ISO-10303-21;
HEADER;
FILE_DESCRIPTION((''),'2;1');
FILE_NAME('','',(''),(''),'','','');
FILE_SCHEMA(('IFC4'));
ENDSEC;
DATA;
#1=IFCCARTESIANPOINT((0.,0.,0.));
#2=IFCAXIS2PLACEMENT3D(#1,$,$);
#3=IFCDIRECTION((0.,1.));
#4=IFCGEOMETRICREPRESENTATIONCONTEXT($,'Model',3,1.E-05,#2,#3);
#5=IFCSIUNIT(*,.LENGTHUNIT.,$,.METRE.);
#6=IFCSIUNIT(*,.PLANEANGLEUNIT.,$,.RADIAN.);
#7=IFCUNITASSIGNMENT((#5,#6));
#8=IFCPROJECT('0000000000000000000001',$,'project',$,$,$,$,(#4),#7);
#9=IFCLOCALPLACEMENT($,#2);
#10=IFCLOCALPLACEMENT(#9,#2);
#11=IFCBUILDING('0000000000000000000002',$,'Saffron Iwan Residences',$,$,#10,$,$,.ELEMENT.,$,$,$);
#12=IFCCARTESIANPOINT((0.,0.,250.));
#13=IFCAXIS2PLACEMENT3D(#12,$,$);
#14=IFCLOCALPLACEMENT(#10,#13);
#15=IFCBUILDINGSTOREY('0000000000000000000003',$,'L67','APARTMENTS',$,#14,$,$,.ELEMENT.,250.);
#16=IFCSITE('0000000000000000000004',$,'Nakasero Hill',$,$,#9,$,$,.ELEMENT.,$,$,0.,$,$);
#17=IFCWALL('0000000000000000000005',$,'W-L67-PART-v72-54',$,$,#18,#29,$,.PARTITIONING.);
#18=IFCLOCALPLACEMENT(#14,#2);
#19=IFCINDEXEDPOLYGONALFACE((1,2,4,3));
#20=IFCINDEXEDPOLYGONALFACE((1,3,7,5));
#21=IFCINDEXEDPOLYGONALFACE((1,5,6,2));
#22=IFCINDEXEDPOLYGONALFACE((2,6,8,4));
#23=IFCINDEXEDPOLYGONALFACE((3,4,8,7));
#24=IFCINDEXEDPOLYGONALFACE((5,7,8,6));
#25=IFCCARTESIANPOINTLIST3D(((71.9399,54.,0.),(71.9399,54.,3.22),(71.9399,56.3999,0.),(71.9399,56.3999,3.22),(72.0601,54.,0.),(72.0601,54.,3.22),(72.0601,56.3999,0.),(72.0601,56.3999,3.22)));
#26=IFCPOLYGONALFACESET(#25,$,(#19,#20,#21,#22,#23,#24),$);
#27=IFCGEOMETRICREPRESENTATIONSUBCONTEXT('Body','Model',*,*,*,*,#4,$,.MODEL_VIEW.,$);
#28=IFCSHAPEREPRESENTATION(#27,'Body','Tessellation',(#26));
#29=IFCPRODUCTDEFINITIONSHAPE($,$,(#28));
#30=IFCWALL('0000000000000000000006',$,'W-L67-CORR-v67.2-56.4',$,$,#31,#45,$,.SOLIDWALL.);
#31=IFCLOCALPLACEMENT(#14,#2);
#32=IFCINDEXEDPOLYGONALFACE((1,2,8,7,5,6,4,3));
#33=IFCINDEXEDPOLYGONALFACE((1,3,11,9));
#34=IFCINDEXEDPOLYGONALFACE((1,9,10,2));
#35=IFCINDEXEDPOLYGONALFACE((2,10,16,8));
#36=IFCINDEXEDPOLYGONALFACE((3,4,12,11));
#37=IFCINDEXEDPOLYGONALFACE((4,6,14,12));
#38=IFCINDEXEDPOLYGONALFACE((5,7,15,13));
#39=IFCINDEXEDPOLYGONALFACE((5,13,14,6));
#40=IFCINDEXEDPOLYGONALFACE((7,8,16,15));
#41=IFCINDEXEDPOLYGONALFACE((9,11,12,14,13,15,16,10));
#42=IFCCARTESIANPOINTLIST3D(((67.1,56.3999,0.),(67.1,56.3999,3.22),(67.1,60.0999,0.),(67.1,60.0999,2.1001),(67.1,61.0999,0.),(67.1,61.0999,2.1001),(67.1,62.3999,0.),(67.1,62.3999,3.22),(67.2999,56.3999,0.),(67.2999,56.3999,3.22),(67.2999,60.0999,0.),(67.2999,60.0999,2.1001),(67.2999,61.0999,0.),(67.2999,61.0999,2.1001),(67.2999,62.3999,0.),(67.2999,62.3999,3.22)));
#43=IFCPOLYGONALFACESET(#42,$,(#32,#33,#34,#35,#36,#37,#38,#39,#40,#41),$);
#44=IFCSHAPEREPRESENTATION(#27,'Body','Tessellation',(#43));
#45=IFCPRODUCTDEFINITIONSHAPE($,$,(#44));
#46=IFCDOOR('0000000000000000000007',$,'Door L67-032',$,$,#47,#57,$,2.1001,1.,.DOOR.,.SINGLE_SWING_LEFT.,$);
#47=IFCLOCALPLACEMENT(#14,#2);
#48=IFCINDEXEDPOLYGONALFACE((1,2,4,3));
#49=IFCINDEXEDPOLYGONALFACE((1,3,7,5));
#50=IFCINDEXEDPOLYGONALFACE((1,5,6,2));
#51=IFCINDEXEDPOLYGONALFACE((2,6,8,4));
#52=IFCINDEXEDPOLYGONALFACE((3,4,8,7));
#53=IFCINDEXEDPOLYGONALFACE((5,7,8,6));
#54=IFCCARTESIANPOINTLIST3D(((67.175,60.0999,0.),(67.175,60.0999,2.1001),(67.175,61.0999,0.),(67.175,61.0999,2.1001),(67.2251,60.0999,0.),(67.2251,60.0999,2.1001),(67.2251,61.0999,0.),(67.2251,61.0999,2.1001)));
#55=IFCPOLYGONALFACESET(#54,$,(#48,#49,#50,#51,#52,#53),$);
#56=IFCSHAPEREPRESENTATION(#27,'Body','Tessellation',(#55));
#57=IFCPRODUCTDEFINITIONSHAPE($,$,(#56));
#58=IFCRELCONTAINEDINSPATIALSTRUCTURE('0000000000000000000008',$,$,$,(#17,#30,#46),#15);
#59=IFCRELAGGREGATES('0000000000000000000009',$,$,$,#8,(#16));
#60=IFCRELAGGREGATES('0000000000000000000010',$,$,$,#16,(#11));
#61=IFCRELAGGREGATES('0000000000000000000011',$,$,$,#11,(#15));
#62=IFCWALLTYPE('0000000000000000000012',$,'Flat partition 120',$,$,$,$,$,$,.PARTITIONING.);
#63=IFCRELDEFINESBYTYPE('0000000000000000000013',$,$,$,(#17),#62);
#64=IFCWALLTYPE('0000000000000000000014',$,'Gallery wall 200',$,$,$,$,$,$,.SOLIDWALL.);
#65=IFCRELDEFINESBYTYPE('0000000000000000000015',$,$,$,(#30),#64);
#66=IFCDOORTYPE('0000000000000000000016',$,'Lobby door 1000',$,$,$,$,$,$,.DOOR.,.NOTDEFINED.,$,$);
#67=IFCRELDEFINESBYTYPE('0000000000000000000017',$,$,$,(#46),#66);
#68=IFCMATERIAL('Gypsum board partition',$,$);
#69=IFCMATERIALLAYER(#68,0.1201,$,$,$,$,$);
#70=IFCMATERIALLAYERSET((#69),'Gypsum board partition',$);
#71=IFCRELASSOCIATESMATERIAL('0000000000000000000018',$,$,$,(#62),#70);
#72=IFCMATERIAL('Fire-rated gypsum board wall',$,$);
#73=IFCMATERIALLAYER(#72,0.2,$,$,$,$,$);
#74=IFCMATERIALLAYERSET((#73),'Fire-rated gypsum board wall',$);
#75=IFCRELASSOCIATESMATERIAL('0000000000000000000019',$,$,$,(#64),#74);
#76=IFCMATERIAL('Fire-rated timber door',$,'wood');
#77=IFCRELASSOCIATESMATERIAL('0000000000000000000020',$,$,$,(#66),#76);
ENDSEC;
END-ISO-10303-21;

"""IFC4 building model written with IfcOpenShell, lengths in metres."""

from ifc_helpers import new_model, si_unit, direction, frame, frame_2d, origin, place, context, subcontext, project, spatial, rectangle, extrude, material, layer, layer_set, type_object, element, fill, save


model = new_model("IFC4")

# Units and contexts
model_context = context("Model", 3, precision=1e-05, world=origin(), true_north=direction((0.0, 1.0)))
body_context = subcontext(model_context, "Body", "Model", "MODEL_VIEW")
ifc_project = project(units=[si_unit("LENGTHUNIT", "METRE"), si_unit("PLANEANGLEUNIT", "RADIAN")], contexts=[model_context])

# Site, building, storey
site_placement = place(None, origin())
site = spatial("IfcSite", under=ifc_project, at=site_placement, Name="Nakasero Hill", CompositionType="ELEMENT", RefElevation=0.0)
building_placement = place(site_placement, origin())
building = spatial("IfcBuilding", under=site, at=building_placement, Name="Saffron Iwan Residences", CompositionType="ELEMENT")
storey_placement = place(building_placement, frame((0.0, 0.0, 250.0)))
storey = spatial("IfcBuildingStorey", under=building, at=storey_placement, Name="L67", Description="APARTMENTS", CompositionType="ELEMENT", Elevation=250.0)

# Shared definitions
ifc_material_1 = material(Name="Fire-rated gypsum board wall")

# Shared definitions
ifc_material_2 = material(Name="Gypsum board partition")
ifc_layer_1 = layer(ifc_material_2, 0.1201)
ifc_layer_set_1 = layer_set([ifc_layer_1], Name="Gypsum board partition")
wall_type_1 = type_object("IfcWallType", Name="Flat partition 120", PredefinedType="PARTITIONING", material=ifc_layer_set_1)

# Wall
wall_1_placement = place(storey_placement, frame((72.0, 54.0, 0.0), z_axis=(0.0, 0.0, 1.0), x_axis=(0.0, 1.0, 0.0)))
element("IfcWall", 1, at=wall_1_placement, inside=storey, type_object=wall_type_1, Name="W-L67-PART-v72-54", PredefinedType="PARTITIONING", context=body_context, shape_type="SweptSolid", body=[
    extrude(rectangle(XDim=2.3999, YDim=0.1201, at=frame_2d((1.2, 0.0))), origin(), (0.0, 0.0, 1.0), 3.22),
])

# Wall, opening, door
ifc_layer_2 = layer(ifc_material_1, 0.2)
ifc_layer_set_2 = layer_set([ifc_layer_2], Name="Fire-rated gypsum board wall")
wall_type_2 = type_object("IfcWallType", Name="Gallery wall 200", PredefinedType="SOLIDWALL", material=ifc_layer_set_2)
wall_2_placement = place(storey_placement, frame((67.2, 56.3999, 0.0), z_axis=(0.0, 0.0, 1.0), x_axis=(0.0, 1.0, 0.0)))
wall_2 = element("IfcWall", 2, at=wall_2_placement, inside=storey, type_object=wall_type_2, Name="W-L67-CORR-v67.2-56.4", PredefinedType="SOLIDWALL", context=body_context, shape_type="SweptSolid", body=[
    extrude(rectangle(XDim=6.0, YDim=0.2, at=frame_2d((3.0, 0.0))), origin(), (0.0, 0.0, 1.0), 3.22),
])
opening_1_placement = place(wall_2_placement, frame((3.7, 0.0, 0.0)))
opening_1 = element("IfcOpeningElement", 3, at=opening_1_placement, cuts=wall_2, PredefinedType="OPENING", context=body_context, shape_type="SweptSolid", body=[
    extrude(rectangle(XDim=1.0, YDim=2.1001, at=frame_2d((0.5, 1.05))), frame((0.0, 0.1099, 0.0), z_axis=(0.0, -1.0, 0.0), x_axis=(1.0, 0.0, 0.0)), (0.0, 0.0, 1.0), 0.22),
])
ifc_material_3 = material(Name="Fire-rated timber door", Category="wood")
door_type_1 = type_object("IfcDoorType", Name="Lobby door 1000", OperationType="NOTDEFINED", PredefinedType="DOOR", material=ifc_material_3)
door_1_placement = place(opening_1_placement, origin())
door_1 = element("IfcDoor", 4, at=door_1_placement, inside=storey, type_object=door_type_1, Name="Door L67-032", OperationType="SINGLE_SWING_LEFT", OverallHeight=2.1001, OverallWidth=1.0, PredefinedType="DOOR", context=body_context, shape_type="SweptSolid", body=[
    extrude(rectangle(XDim=1.0, YDim=2.1001, at=frame_2d((0.5, 1.05))), frame((0.0, 0.0249, 0.0), z_axis=(0.0, -1.0, 0.0), x_axis=(1.0, 0.0, 0.0)), (0.0, 0.0, 1.0), 0.05),
])
fill(opening_1, door_1)

save(model, "model.ifc")
